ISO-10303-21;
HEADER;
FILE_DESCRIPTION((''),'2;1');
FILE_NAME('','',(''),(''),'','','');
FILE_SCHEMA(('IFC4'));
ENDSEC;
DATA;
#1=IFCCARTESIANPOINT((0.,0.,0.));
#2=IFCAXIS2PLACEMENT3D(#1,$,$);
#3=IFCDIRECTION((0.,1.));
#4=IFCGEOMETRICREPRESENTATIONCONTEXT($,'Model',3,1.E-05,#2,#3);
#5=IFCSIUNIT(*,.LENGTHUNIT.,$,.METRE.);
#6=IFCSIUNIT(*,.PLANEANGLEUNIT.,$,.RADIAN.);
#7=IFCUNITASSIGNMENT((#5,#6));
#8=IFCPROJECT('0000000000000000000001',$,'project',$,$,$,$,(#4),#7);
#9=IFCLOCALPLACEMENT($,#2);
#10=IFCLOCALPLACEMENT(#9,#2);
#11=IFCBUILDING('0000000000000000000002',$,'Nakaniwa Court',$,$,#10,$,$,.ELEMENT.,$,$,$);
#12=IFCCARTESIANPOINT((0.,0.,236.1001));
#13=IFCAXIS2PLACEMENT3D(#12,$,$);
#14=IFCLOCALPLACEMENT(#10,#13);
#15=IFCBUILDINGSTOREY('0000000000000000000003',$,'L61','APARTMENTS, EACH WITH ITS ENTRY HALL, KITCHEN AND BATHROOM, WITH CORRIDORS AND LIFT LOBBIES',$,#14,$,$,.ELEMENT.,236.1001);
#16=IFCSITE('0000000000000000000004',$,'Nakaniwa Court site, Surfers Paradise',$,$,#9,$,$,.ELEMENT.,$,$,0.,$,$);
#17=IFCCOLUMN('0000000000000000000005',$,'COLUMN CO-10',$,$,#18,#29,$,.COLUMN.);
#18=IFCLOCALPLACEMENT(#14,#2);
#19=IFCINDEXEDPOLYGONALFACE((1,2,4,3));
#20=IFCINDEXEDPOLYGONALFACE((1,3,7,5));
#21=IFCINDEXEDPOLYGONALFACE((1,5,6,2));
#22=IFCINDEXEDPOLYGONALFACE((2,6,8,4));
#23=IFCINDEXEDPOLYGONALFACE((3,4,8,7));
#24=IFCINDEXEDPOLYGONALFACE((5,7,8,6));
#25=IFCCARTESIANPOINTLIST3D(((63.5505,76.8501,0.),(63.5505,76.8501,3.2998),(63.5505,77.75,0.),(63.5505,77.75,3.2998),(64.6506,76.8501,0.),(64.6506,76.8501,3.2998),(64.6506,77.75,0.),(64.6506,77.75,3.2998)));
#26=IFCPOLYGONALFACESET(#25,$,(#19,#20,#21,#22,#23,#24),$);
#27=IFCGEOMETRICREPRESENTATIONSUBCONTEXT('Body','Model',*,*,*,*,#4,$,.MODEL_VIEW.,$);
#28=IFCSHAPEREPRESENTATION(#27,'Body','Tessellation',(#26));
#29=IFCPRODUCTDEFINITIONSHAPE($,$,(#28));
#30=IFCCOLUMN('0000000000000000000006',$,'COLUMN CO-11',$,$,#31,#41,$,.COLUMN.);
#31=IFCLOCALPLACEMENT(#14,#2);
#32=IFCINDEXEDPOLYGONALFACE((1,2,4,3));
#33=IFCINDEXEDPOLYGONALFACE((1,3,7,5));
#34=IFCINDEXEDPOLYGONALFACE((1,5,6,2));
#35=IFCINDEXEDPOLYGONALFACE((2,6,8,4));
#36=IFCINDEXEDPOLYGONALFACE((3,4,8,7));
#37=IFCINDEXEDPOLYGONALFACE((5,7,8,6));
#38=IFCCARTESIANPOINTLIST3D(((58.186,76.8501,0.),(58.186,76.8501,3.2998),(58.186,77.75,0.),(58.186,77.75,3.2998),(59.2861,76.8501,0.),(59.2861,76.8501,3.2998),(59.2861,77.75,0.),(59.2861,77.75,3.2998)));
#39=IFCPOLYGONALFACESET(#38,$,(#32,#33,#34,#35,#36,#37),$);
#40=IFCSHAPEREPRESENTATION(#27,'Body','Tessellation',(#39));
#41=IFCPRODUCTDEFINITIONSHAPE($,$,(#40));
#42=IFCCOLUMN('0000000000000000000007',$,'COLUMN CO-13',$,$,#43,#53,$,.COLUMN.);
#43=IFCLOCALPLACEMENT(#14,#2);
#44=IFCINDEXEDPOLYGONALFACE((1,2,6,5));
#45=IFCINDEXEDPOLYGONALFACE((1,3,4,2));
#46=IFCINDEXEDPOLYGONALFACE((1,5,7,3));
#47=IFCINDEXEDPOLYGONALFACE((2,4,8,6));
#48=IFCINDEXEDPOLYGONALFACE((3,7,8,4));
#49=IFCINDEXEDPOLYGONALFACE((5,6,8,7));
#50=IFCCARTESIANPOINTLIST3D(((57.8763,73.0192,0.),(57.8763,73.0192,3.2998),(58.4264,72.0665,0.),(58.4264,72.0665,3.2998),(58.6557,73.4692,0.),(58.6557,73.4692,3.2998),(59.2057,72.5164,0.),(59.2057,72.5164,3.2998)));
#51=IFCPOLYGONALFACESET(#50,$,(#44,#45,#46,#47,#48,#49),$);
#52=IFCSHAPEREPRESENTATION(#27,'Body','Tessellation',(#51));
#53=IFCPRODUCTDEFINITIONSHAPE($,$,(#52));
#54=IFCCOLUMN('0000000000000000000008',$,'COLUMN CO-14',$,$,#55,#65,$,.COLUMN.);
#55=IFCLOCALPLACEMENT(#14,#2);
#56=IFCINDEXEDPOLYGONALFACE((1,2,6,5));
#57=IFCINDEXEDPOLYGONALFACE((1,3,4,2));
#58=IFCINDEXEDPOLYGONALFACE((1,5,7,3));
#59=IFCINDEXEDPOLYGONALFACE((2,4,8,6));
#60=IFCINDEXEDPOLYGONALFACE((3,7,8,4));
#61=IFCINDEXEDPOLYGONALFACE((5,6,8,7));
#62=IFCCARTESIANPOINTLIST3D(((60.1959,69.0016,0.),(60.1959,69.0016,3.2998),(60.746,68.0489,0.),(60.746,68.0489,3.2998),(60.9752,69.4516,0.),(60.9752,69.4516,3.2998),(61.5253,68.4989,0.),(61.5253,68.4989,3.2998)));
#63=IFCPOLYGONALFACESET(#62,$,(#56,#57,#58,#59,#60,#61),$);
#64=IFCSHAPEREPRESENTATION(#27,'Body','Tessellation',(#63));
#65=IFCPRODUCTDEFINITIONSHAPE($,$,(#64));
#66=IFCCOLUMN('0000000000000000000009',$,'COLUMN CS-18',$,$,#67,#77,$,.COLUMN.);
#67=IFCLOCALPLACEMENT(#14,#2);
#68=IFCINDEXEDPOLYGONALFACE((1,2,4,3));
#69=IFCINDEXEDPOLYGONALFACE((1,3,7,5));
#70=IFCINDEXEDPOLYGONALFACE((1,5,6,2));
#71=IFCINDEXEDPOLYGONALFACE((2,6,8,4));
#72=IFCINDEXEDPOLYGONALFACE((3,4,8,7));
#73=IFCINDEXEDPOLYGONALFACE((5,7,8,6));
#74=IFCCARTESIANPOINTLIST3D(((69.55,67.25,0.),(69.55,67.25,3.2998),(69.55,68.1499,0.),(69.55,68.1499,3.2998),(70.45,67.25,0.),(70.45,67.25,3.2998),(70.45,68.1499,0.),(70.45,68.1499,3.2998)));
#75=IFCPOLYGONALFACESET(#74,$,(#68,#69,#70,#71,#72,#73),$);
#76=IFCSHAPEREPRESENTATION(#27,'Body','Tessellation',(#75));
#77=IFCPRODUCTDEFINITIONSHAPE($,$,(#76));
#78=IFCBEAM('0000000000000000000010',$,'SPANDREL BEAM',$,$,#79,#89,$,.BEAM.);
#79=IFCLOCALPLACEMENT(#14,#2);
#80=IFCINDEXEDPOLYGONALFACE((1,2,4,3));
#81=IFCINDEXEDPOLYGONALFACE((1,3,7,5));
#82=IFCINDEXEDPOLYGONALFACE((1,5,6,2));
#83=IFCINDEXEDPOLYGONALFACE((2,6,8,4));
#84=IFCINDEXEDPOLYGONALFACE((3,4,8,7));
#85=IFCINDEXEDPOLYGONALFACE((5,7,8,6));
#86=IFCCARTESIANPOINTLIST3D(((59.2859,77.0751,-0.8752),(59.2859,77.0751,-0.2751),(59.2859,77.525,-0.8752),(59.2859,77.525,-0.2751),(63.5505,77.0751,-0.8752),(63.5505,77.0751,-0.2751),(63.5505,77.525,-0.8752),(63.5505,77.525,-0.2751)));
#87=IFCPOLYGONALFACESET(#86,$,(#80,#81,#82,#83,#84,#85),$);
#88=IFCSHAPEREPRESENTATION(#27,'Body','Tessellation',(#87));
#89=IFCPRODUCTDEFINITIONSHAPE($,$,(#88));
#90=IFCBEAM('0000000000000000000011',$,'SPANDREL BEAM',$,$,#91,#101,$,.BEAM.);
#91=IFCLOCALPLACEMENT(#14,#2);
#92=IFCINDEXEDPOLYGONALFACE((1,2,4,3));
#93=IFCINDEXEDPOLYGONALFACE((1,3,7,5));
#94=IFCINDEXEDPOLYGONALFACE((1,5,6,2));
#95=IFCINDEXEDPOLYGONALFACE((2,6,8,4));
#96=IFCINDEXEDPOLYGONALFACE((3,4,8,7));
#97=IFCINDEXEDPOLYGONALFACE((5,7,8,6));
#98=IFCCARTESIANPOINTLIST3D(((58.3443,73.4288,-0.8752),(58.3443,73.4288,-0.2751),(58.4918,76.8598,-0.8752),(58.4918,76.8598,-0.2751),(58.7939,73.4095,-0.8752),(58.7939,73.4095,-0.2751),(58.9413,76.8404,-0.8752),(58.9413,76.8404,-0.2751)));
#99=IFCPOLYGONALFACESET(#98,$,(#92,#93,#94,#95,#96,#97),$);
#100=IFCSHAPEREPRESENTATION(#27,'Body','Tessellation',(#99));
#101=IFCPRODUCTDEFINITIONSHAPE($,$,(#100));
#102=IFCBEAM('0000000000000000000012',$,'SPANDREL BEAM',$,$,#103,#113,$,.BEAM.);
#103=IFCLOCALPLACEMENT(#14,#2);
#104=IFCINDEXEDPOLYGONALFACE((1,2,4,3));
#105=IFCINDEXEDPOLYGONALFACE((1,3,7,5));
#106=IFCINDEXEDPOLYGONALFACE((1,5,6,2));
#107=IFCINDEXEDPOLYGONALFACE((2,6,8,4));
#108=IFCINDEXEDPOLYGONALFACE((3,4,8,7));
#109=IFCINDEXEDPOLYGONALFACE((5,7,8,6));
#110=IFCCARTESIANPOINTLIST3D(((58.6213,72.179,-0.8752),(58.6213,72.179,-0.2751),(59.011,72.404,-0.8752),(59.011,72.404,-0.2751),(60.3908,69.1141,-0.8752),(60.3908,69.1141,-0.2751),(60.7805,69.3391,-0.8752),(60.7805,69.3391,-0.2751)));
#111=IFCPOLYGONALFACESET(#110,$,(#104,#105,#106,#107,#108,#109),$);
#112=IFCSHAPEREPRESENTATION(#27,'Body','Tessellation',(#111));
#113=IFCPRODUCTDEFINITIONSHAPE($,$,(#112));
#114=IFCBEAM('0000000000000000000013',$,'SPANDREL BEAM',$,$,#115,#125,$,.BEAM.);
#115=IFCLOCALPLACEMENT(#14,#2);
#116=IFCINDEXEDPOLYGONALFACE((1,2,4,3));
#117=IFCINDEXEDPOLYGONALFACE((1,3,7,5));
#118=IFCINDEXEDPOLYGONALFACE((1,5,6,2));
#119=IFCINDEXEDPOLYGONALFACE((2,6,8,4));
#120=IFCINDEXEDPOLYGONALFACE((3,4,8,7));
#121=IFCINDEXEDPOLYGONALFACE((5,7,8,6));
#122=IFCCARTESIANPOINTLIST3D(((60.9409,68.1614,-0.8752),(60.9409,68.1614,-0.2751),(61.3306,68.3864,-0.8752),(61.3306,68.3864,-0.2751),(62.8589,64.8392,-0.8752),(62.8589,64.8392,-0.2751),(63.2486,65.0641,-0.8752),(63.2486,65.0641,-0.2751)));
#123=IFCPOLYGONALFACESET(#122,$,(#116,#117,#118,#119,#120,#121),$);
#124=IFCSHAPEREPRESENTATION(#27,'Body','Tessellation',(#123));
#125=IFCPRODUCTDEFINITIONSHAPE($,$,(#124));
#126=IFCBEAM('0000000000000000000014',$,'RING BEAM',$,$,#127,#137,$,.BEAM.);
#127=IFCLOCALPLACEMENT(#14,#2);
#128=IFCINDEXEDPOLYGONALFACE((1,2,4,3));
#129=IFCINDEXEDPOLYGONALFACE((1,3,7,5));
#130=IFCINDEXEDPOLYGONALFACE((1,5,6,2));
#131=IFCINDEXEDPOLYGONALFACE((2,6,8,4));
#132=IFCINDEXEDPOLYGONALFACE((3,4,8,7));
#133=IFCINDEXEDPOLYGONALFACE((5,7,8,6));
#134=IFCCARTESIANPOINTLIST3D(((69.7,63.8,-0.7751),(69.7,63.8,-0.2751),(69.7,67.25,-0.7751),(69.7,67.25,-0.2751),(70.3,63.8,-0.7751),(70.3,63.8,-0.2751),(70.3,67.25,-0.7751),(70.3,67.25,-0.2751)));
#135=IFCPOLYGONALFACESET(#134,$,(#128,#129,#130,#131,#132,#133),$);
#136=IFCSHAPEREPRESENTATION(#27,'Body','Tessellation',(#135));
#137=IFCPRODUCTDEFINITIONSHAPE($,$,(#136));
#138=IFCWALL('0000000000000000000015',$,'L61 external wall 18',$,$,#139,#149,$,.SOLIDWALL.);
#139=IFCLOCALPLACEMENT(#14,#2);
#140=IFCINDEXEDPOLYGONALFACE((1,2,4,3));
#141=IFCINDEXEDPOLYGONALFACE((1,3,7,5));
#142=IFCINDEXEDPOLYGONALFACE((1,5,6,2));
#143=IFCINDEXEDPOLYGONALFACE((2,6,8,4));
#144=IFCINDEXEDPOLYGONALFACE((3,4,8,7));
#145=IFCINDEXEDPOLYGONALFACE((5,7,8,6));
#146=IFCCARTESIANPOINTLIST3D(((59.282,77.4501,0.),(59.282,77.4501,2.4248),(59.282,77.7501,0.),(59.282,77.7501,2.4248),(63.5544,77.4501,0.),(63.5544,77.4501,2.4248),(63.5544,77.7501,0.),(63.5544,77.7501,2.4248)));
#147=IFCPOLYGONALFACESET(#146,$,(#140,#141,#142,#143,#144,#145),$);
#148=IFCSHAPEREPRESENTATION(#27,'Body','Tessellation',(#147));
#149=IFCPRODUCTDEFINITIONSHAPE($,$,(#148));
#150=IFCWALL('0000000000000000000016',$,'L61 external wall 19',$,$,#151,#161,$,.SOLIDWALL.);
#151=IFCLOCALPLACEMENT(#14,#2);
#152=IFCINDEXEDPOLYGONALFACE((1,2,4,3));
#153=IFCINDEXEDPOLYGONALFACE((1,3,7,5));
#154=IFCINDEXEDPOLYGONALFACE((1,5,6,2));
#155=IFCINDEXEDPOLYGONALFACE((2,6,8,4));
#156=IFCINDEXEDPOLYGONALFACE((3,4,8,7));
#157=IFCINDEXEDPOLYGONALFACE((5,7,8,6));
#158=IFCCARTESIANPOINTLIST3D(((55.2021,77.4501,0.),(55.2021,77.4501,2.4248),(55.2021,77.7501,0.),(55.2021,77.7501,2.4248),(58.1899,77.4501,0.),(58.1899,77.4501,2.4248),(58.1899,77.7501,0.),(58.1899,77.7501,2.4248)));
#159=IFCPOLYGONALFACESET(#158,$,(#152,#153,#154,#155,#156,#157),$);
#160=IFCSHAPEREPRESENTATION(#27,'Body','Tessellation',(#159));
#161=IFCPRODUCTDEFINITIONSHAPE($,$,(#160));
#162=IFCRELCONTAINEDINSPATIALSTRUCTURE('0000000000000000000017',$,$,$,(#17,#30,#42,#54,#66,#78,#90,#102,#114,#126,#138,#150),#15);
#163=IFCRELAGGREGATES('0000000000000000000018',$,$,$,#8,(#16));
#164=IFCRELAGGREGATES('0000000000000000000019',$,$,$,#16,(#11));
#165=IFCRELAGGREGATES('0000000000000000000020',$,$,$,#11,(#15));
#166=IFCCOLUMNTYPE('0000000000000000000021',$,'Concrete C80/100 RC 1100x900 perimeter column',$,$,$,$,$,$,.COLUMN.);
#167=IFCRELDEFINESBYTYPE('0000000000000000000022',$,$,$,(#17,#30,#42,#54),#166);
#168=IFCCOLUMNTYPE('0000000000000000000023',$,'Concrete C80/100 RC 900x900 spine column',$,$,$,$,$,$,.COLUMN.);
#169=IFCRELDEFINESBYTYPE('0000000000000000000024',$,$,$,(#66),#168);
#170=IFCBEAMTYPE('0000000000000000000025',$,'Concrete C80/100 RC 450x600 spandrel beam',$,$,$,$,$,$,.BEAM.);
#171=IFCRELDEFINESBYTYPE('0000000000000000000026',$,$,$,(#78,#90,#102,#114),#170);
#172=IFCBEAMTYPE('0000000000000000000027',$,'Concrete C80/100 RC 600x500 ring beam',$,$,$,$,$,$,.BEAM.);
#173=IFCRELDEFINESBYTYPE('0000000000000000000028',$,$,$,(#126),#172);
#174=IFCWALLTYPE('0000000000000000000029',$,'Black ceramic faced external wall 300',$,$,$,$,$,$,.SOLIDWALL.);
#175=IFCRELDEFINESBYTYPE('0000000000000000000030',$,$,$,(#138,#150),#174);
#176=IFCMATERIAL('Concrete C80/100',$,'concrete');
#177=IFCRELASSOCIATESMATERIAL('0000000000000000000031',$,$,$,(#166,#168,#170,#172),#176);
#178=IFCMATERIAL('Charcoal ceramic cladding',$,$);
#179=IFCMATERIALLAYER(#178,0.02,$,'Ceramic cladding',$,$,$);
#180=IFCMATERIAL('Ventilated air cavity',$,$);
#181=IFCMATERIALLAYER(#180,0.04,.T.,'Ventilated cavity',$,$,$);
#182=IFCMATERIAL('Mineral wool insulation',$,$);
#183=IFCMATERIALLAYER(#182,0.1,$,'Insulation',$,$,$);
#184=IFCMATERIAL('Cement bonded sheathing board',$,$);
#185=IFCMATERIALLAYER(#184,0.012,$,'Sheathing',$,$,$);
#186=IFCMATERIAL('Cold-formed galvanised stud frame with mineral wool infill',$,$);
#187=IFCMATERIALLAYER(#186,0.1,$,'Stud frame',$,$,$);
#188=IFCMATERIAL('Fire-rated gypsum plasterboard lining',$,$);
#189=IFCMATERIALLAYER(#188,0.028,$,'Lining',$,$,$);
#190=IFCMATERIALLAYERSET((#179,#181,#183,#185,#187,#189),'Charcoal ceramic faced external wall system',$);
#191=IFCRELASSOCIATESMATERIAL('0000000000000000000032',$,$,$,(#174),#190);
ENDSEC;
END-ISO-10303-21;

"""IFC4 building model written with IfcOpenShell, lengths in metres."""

from ifc_helpers import new_model, si_unit, direction, frame, frame_2d, origin, origin_2d, place, context, subcontext, project, spatial, rectangle, extrude, material, layer, layer_set, material_profile, profile_set, type_object, element, save


model = new_model("IFC4")

# Units and contexts
model_context = context("Model", 3, precision=1e-05, world=origin(), true_north=direction((0.0, 1.0)))
body_context = subcontext(model_context, "Body", "Model", "MODEL_VIEW")
ifc_project = project(units=[si_unit("LENGTHUNIT", "METRE"), si_unit("PLANEANGLEUNIT", "RADIAN")], contexts=[model_context])

# Site, building, storey
site_placement = place(None, origin())
site = spatial("IfcSite", under=ifc_project, at=site_placement, Name="Nakaniwa Court site, Surfers Paradise", CompositionType="ELEMENT", RefElevation=0.0)
building_placement = place(site_placement, origin())
building = spatial("IfcBuilding", under=site, at=building_placement, Name="Nakaniwa Court", CompositionType="ELEMENT")
storey_placement = place(building_placement, frame((0.0, 0.0, 236.1001)))
storey = spatial("IfcBuildingStorey", under=building, at=storey_placement, Name="L61", Description="APARTMENTS, EACH WITH ITS ENTRY HALL, KITCHEN AND BATHROOM, WITH CORRIDORS AND LIFT LOBBIES", CompositionType="ELEMENT", Elevation=236.1001)

# Columns
ifc_material_1 = material(Name="Concrete C80/100", Category="concrete")
ifc_material_profile_1 = material_profile(ifc_material_1, rectangle(XDim=1.1001, YDim=0.8999, at=origin_2d()), Name="Concrete C80/100 RC 1100x900 perimeter column")
ifc_profile_set_1 = profile_set([ifc_material_profile_1], Name="Concrete C80/100")
column_type_1 = type_object("IfcColumnType", Name="Concrete C80/100 RC 1100x900 perimeter column", PredefinedType="COLUMN", material=ifc_profile_set_1)
for number, where, z_axis, x_axis, name in (
    (1, (64.1006, 77.3, 0.0), (0.0, 0.0, 1.0), (-1.0, 0.0, 0.0), "COLUMN CO-10"),
    (2, (58.7361, 77.3, 0.0), (0.0, 0.0, 1.0), (-1.0, 0.0, 0.0), "COLUMN CO-11"),
    (3, (58.541, 72.7678, 0.0), (0.0, 0.0, 1.0), (0.5, -0.866025, 0.0), "COLUMN CO-13"),
    (4, (60.8606, 68.7502, 0.0), (0.0, 0.0, 1.0), (0.5, -0.866025, 0.0), "COLUMN CO-14"),
):
    element("IfcColumn", number, at=place(storey_placement, frame(where, z_axis=z_axis, x_axis=x_axis)), inside=storey, type_object=column_type_1, Name=name, PredefinedType="COLUMN", context=body_context, shape_type="SweptSolid", body=[
        extrude(rectangle(XDim=1.1001, YDim=0.8999, at=origin_2d()), origin(), (0.0, 0.0, 1.0), 3.2998),
    ])
ifc_material_profile_2 = material_profile(ifc_material_1, rectangle(XDim=0.8999, YDim=0.8999, at=origin_2d()), Name="Concrete C80/100 RC 900x900 spine column")
ifc_profile_set_2 = profile_set([ifc_material_profile_2], Name="Concrete C80/100")
column_type_2 = type_object("IfcColumnType", Name="Concrete C80/100 RC 900x900 spine column", PredefinedType="COLUMN", material=ifc_profile_set_2)
column_placement = place(storey_placement, frame((70.0, 67.7, 0.0), z_axis=(0.0, 0.0, 1.0), x_axis=(0.0, -1.0, 0.0)))
element("IfcColumn", 5, at=column_placement, inside=storey, type_object=column_type_2, Name="COLUMN CS-18", PredefinedType="COLUMN", context=body_context, shape_type="SweptSolid", body=[
    extrude(rectangle(XDim=0.8999, YDim=0.8999, at=origin_2d()), origin(), (0.0, 0.0, 1.0), 3.2998),
])

# Beams
ifc_material_profile_3 = material_profile(ifc_material_1, rectangle(XDim=0.45, YDim=0.6001, at=origin_2d()), Name="Concrete C80/100 RC 450x600 spandrel beam")
ifc_profile_set_3 = profile_set([ifc_material_profile_3], Name="Concrete C80/100")
beam_type_1 = type_object("IfcBeamType", Name="Concrete C80/100 RC 450x600 spandrel beam", PredefinedType="BEAM", material=ifc_profile_set_3)
beam_1_placement = place(storey_placement, frame((63.5505, 77.3, -0.5752), z_axis=(-1.0, 0.0, 0.0), x_axis=(0.0, -1.0, 0.0)))
element("IfcBeam", 6, at=beam_1_placement, inside=storey, type_object=beam_type_1, Name="SPANDREL BEAM", PredefinedType="BEAM", context=body_context, shape_type="SweptSolid", body=[
    extrude(rectangle(XDim=0.45, YDim=0.6001, at=origin_2d()), origin(), (0.0, 0.0, 1.0), 4.2646),
])
beam_2_placement = place(storey_placement, frame((58.7166, 76.8501, -0.5752), z_axis=(-0.042941, -0.999078, 0.0), x_axis=(0.999078, -0.042941, 0.0)))
element("IfcBeam", 7, at=beam_2_placement, inside=storey, type_object=beam_type_1, Name="SPANDREL BEAM", PredefinedType="BEAM", context=body_context, shape_type="SweptSolid", body=[
    extrude(rectangle(XDim=0.45, YDim=0.6001, at=origin_2d()), origin(), (0.0, 0.0, 1.0), 3.4341),
])
beam_3_placement = place(storey_placement, frame((58.8162, 72.2915, -0.5752), z_axis=(0.499997, -0.866027, 0.0), x_axis=(0.866027, 0.499997, 0.0)))
element("IfcBeam", 8, at=beam_3_placement, inside=storey, type_object=beam_type_1, Name="SPANDREL BEAM", PredefinedType="BEAM", context=body_context, shape_type="SweptSolid", body=[
    extrude(rectangle(XDim=0.45, YDim=0.6001, at=origin_2d()), origin(), (0.0, 0.0, 1.0), 3.5391),
])
beam_4_placement = place(storey_placement, frame((61.1357, 68.2739, -0.5752), z_axis=(0.499972, -0.866041, 0.0), x_axis=(0.866041, 0.499972, 0.0)))
element("IfcBeam", 9, at=beam_4_placement, inside=storey, type_object=beam_type_1, Name="SPANDREL BEAM", PredefinedType="BEAM", context=body_context, shape_type="SweptSolid", body=[
    extrude(rectangle(XDim=0.45, YDim=0.6001, at=origin_2d()), origin(), (0.0, 0.0, 1.0), 3.8362),
])
ifc_material_profile_4 = material_profile(ifc_material_1, rectangle(XDim=0.6001, YDim=0.5, at=origin_2d()), Name="Concrete C80/100 RC 600x500 ring beam")
ifc_profile_set_4 = profile_set([ifc_material_profile_4], Name="Concrete C80/100")
beam_type_2 = type_object("IfcBeamType", Name="Concrete C80/100 RC 600x500 ring beam", PredefinedType="BEAM", material=ifc_profile_set_4)
beam_5_placement = place(storey_placement, frame((70.0, 67.25, -0.5251), z_axis=(0.0, -1.0, 0.0), x_axis=(1.0, 0.0, 0.0)))
element("IfcBeam", 10, at=beam_5_placement, inside=storey, type_object=beam_type_2, Name="RING BEAM", PredefinedType="BEAM", context=body_context, shape_type="SweptSolid", body=[
    extrude(rectangle(XDim=0.6001, YDim=0.5, at=origin_2d()), origin(), (0.0, 0.0, 1.0), 3.45),
])

# Walls
ifc_material_2 = material(Name="Charcoal ceramic cladding")
ifc_layer_1 = layer(ifc_material_2, 0.02, Name="Ceramic cladding")
ifc_material_3 = material(Name="Ventilated air cavity")
ifc_layer_2 = layer(ifc_material_3, 0.04, ventilated=True, Name="Ventilated cavity")
ifc_material_4 = material(Name="Mineral wool insulation")
ifc_layer_3 = layer(ifc_material_4, 0.1, Name="Insulation")
ifc_material_5 = material(Name="Cement bonded sheathing board")
ifc_layer_4 = layer(ifc_material_5, 0.012, Name="Sheathing")
ifc_material_6 = material(Name="Cold-formed galvanised stud frame with mineral wool infill")
ifc_layer_5 = layer(ifc_material_6, 0.1, Name="Stud frame")
ifc_material_7 = material(Name="Fire-rated gypsum plasterboard lining")
ifc_layer_6 = layer(ifc_material_7, 0.028, Name="Lining")
ifc_layer_set_1 = layer_set([ifc_layer_1, ifc_layer_2, ifc_layer_3, ifc_layer_4, ifc_layer_5, ifc_layer_6], Name="Charcoal ceramic faced external wall system")
wall_type_1 = type_object("IfcWallType", Name="Black ceramic faced external wall 300", PredefinedType="SOLIDWALL", material=ifc_layer_set_1)
wall_1_placement = place(storey_placement, frame((63.5544, 77.6001, 0.0), z_axis=(0.0, 0.0, 1.0), x_axis=(-1.0, 0.0, 0.0)))
element("IfcWall", 11, at=wall_1_placement, inside=storey, type_object=wall_type_1, Name="L61 external wall 18", PredefinedType="SOLIDWALL", context=body_context, shape_type="SweptSolid", body=[
    extrude(rectangle(XDim=4.2725, YDim=0.3, at=frame_2d((2.1362, 0.0))), origin(), (0.0, 0.0, 1.0), 2.4248),
])
wall_2_placement = place(storey_placement, frame((58.1899, 77.6001, 0.0), z_axis=(0.0, 0.0, 1.0), x_axis=(-1.0, 0.0, 0.0)))
element("IfcWall", 12, at=wall_2_placement, inside=storey, type_object=wall_type_1, Name="L61 external wall 19", PredefinedType="SOLIDWALL", context=body_context, shape_type="SweptSolid", body=[
    extrude(rectangle(XDim=2.9878, YDim=0.3, at=frame_2d((1.4939, 0.0))), origin(), (0.0, 0.0, 1.0), 2.4248),
])

save(model, "model.ifc")
